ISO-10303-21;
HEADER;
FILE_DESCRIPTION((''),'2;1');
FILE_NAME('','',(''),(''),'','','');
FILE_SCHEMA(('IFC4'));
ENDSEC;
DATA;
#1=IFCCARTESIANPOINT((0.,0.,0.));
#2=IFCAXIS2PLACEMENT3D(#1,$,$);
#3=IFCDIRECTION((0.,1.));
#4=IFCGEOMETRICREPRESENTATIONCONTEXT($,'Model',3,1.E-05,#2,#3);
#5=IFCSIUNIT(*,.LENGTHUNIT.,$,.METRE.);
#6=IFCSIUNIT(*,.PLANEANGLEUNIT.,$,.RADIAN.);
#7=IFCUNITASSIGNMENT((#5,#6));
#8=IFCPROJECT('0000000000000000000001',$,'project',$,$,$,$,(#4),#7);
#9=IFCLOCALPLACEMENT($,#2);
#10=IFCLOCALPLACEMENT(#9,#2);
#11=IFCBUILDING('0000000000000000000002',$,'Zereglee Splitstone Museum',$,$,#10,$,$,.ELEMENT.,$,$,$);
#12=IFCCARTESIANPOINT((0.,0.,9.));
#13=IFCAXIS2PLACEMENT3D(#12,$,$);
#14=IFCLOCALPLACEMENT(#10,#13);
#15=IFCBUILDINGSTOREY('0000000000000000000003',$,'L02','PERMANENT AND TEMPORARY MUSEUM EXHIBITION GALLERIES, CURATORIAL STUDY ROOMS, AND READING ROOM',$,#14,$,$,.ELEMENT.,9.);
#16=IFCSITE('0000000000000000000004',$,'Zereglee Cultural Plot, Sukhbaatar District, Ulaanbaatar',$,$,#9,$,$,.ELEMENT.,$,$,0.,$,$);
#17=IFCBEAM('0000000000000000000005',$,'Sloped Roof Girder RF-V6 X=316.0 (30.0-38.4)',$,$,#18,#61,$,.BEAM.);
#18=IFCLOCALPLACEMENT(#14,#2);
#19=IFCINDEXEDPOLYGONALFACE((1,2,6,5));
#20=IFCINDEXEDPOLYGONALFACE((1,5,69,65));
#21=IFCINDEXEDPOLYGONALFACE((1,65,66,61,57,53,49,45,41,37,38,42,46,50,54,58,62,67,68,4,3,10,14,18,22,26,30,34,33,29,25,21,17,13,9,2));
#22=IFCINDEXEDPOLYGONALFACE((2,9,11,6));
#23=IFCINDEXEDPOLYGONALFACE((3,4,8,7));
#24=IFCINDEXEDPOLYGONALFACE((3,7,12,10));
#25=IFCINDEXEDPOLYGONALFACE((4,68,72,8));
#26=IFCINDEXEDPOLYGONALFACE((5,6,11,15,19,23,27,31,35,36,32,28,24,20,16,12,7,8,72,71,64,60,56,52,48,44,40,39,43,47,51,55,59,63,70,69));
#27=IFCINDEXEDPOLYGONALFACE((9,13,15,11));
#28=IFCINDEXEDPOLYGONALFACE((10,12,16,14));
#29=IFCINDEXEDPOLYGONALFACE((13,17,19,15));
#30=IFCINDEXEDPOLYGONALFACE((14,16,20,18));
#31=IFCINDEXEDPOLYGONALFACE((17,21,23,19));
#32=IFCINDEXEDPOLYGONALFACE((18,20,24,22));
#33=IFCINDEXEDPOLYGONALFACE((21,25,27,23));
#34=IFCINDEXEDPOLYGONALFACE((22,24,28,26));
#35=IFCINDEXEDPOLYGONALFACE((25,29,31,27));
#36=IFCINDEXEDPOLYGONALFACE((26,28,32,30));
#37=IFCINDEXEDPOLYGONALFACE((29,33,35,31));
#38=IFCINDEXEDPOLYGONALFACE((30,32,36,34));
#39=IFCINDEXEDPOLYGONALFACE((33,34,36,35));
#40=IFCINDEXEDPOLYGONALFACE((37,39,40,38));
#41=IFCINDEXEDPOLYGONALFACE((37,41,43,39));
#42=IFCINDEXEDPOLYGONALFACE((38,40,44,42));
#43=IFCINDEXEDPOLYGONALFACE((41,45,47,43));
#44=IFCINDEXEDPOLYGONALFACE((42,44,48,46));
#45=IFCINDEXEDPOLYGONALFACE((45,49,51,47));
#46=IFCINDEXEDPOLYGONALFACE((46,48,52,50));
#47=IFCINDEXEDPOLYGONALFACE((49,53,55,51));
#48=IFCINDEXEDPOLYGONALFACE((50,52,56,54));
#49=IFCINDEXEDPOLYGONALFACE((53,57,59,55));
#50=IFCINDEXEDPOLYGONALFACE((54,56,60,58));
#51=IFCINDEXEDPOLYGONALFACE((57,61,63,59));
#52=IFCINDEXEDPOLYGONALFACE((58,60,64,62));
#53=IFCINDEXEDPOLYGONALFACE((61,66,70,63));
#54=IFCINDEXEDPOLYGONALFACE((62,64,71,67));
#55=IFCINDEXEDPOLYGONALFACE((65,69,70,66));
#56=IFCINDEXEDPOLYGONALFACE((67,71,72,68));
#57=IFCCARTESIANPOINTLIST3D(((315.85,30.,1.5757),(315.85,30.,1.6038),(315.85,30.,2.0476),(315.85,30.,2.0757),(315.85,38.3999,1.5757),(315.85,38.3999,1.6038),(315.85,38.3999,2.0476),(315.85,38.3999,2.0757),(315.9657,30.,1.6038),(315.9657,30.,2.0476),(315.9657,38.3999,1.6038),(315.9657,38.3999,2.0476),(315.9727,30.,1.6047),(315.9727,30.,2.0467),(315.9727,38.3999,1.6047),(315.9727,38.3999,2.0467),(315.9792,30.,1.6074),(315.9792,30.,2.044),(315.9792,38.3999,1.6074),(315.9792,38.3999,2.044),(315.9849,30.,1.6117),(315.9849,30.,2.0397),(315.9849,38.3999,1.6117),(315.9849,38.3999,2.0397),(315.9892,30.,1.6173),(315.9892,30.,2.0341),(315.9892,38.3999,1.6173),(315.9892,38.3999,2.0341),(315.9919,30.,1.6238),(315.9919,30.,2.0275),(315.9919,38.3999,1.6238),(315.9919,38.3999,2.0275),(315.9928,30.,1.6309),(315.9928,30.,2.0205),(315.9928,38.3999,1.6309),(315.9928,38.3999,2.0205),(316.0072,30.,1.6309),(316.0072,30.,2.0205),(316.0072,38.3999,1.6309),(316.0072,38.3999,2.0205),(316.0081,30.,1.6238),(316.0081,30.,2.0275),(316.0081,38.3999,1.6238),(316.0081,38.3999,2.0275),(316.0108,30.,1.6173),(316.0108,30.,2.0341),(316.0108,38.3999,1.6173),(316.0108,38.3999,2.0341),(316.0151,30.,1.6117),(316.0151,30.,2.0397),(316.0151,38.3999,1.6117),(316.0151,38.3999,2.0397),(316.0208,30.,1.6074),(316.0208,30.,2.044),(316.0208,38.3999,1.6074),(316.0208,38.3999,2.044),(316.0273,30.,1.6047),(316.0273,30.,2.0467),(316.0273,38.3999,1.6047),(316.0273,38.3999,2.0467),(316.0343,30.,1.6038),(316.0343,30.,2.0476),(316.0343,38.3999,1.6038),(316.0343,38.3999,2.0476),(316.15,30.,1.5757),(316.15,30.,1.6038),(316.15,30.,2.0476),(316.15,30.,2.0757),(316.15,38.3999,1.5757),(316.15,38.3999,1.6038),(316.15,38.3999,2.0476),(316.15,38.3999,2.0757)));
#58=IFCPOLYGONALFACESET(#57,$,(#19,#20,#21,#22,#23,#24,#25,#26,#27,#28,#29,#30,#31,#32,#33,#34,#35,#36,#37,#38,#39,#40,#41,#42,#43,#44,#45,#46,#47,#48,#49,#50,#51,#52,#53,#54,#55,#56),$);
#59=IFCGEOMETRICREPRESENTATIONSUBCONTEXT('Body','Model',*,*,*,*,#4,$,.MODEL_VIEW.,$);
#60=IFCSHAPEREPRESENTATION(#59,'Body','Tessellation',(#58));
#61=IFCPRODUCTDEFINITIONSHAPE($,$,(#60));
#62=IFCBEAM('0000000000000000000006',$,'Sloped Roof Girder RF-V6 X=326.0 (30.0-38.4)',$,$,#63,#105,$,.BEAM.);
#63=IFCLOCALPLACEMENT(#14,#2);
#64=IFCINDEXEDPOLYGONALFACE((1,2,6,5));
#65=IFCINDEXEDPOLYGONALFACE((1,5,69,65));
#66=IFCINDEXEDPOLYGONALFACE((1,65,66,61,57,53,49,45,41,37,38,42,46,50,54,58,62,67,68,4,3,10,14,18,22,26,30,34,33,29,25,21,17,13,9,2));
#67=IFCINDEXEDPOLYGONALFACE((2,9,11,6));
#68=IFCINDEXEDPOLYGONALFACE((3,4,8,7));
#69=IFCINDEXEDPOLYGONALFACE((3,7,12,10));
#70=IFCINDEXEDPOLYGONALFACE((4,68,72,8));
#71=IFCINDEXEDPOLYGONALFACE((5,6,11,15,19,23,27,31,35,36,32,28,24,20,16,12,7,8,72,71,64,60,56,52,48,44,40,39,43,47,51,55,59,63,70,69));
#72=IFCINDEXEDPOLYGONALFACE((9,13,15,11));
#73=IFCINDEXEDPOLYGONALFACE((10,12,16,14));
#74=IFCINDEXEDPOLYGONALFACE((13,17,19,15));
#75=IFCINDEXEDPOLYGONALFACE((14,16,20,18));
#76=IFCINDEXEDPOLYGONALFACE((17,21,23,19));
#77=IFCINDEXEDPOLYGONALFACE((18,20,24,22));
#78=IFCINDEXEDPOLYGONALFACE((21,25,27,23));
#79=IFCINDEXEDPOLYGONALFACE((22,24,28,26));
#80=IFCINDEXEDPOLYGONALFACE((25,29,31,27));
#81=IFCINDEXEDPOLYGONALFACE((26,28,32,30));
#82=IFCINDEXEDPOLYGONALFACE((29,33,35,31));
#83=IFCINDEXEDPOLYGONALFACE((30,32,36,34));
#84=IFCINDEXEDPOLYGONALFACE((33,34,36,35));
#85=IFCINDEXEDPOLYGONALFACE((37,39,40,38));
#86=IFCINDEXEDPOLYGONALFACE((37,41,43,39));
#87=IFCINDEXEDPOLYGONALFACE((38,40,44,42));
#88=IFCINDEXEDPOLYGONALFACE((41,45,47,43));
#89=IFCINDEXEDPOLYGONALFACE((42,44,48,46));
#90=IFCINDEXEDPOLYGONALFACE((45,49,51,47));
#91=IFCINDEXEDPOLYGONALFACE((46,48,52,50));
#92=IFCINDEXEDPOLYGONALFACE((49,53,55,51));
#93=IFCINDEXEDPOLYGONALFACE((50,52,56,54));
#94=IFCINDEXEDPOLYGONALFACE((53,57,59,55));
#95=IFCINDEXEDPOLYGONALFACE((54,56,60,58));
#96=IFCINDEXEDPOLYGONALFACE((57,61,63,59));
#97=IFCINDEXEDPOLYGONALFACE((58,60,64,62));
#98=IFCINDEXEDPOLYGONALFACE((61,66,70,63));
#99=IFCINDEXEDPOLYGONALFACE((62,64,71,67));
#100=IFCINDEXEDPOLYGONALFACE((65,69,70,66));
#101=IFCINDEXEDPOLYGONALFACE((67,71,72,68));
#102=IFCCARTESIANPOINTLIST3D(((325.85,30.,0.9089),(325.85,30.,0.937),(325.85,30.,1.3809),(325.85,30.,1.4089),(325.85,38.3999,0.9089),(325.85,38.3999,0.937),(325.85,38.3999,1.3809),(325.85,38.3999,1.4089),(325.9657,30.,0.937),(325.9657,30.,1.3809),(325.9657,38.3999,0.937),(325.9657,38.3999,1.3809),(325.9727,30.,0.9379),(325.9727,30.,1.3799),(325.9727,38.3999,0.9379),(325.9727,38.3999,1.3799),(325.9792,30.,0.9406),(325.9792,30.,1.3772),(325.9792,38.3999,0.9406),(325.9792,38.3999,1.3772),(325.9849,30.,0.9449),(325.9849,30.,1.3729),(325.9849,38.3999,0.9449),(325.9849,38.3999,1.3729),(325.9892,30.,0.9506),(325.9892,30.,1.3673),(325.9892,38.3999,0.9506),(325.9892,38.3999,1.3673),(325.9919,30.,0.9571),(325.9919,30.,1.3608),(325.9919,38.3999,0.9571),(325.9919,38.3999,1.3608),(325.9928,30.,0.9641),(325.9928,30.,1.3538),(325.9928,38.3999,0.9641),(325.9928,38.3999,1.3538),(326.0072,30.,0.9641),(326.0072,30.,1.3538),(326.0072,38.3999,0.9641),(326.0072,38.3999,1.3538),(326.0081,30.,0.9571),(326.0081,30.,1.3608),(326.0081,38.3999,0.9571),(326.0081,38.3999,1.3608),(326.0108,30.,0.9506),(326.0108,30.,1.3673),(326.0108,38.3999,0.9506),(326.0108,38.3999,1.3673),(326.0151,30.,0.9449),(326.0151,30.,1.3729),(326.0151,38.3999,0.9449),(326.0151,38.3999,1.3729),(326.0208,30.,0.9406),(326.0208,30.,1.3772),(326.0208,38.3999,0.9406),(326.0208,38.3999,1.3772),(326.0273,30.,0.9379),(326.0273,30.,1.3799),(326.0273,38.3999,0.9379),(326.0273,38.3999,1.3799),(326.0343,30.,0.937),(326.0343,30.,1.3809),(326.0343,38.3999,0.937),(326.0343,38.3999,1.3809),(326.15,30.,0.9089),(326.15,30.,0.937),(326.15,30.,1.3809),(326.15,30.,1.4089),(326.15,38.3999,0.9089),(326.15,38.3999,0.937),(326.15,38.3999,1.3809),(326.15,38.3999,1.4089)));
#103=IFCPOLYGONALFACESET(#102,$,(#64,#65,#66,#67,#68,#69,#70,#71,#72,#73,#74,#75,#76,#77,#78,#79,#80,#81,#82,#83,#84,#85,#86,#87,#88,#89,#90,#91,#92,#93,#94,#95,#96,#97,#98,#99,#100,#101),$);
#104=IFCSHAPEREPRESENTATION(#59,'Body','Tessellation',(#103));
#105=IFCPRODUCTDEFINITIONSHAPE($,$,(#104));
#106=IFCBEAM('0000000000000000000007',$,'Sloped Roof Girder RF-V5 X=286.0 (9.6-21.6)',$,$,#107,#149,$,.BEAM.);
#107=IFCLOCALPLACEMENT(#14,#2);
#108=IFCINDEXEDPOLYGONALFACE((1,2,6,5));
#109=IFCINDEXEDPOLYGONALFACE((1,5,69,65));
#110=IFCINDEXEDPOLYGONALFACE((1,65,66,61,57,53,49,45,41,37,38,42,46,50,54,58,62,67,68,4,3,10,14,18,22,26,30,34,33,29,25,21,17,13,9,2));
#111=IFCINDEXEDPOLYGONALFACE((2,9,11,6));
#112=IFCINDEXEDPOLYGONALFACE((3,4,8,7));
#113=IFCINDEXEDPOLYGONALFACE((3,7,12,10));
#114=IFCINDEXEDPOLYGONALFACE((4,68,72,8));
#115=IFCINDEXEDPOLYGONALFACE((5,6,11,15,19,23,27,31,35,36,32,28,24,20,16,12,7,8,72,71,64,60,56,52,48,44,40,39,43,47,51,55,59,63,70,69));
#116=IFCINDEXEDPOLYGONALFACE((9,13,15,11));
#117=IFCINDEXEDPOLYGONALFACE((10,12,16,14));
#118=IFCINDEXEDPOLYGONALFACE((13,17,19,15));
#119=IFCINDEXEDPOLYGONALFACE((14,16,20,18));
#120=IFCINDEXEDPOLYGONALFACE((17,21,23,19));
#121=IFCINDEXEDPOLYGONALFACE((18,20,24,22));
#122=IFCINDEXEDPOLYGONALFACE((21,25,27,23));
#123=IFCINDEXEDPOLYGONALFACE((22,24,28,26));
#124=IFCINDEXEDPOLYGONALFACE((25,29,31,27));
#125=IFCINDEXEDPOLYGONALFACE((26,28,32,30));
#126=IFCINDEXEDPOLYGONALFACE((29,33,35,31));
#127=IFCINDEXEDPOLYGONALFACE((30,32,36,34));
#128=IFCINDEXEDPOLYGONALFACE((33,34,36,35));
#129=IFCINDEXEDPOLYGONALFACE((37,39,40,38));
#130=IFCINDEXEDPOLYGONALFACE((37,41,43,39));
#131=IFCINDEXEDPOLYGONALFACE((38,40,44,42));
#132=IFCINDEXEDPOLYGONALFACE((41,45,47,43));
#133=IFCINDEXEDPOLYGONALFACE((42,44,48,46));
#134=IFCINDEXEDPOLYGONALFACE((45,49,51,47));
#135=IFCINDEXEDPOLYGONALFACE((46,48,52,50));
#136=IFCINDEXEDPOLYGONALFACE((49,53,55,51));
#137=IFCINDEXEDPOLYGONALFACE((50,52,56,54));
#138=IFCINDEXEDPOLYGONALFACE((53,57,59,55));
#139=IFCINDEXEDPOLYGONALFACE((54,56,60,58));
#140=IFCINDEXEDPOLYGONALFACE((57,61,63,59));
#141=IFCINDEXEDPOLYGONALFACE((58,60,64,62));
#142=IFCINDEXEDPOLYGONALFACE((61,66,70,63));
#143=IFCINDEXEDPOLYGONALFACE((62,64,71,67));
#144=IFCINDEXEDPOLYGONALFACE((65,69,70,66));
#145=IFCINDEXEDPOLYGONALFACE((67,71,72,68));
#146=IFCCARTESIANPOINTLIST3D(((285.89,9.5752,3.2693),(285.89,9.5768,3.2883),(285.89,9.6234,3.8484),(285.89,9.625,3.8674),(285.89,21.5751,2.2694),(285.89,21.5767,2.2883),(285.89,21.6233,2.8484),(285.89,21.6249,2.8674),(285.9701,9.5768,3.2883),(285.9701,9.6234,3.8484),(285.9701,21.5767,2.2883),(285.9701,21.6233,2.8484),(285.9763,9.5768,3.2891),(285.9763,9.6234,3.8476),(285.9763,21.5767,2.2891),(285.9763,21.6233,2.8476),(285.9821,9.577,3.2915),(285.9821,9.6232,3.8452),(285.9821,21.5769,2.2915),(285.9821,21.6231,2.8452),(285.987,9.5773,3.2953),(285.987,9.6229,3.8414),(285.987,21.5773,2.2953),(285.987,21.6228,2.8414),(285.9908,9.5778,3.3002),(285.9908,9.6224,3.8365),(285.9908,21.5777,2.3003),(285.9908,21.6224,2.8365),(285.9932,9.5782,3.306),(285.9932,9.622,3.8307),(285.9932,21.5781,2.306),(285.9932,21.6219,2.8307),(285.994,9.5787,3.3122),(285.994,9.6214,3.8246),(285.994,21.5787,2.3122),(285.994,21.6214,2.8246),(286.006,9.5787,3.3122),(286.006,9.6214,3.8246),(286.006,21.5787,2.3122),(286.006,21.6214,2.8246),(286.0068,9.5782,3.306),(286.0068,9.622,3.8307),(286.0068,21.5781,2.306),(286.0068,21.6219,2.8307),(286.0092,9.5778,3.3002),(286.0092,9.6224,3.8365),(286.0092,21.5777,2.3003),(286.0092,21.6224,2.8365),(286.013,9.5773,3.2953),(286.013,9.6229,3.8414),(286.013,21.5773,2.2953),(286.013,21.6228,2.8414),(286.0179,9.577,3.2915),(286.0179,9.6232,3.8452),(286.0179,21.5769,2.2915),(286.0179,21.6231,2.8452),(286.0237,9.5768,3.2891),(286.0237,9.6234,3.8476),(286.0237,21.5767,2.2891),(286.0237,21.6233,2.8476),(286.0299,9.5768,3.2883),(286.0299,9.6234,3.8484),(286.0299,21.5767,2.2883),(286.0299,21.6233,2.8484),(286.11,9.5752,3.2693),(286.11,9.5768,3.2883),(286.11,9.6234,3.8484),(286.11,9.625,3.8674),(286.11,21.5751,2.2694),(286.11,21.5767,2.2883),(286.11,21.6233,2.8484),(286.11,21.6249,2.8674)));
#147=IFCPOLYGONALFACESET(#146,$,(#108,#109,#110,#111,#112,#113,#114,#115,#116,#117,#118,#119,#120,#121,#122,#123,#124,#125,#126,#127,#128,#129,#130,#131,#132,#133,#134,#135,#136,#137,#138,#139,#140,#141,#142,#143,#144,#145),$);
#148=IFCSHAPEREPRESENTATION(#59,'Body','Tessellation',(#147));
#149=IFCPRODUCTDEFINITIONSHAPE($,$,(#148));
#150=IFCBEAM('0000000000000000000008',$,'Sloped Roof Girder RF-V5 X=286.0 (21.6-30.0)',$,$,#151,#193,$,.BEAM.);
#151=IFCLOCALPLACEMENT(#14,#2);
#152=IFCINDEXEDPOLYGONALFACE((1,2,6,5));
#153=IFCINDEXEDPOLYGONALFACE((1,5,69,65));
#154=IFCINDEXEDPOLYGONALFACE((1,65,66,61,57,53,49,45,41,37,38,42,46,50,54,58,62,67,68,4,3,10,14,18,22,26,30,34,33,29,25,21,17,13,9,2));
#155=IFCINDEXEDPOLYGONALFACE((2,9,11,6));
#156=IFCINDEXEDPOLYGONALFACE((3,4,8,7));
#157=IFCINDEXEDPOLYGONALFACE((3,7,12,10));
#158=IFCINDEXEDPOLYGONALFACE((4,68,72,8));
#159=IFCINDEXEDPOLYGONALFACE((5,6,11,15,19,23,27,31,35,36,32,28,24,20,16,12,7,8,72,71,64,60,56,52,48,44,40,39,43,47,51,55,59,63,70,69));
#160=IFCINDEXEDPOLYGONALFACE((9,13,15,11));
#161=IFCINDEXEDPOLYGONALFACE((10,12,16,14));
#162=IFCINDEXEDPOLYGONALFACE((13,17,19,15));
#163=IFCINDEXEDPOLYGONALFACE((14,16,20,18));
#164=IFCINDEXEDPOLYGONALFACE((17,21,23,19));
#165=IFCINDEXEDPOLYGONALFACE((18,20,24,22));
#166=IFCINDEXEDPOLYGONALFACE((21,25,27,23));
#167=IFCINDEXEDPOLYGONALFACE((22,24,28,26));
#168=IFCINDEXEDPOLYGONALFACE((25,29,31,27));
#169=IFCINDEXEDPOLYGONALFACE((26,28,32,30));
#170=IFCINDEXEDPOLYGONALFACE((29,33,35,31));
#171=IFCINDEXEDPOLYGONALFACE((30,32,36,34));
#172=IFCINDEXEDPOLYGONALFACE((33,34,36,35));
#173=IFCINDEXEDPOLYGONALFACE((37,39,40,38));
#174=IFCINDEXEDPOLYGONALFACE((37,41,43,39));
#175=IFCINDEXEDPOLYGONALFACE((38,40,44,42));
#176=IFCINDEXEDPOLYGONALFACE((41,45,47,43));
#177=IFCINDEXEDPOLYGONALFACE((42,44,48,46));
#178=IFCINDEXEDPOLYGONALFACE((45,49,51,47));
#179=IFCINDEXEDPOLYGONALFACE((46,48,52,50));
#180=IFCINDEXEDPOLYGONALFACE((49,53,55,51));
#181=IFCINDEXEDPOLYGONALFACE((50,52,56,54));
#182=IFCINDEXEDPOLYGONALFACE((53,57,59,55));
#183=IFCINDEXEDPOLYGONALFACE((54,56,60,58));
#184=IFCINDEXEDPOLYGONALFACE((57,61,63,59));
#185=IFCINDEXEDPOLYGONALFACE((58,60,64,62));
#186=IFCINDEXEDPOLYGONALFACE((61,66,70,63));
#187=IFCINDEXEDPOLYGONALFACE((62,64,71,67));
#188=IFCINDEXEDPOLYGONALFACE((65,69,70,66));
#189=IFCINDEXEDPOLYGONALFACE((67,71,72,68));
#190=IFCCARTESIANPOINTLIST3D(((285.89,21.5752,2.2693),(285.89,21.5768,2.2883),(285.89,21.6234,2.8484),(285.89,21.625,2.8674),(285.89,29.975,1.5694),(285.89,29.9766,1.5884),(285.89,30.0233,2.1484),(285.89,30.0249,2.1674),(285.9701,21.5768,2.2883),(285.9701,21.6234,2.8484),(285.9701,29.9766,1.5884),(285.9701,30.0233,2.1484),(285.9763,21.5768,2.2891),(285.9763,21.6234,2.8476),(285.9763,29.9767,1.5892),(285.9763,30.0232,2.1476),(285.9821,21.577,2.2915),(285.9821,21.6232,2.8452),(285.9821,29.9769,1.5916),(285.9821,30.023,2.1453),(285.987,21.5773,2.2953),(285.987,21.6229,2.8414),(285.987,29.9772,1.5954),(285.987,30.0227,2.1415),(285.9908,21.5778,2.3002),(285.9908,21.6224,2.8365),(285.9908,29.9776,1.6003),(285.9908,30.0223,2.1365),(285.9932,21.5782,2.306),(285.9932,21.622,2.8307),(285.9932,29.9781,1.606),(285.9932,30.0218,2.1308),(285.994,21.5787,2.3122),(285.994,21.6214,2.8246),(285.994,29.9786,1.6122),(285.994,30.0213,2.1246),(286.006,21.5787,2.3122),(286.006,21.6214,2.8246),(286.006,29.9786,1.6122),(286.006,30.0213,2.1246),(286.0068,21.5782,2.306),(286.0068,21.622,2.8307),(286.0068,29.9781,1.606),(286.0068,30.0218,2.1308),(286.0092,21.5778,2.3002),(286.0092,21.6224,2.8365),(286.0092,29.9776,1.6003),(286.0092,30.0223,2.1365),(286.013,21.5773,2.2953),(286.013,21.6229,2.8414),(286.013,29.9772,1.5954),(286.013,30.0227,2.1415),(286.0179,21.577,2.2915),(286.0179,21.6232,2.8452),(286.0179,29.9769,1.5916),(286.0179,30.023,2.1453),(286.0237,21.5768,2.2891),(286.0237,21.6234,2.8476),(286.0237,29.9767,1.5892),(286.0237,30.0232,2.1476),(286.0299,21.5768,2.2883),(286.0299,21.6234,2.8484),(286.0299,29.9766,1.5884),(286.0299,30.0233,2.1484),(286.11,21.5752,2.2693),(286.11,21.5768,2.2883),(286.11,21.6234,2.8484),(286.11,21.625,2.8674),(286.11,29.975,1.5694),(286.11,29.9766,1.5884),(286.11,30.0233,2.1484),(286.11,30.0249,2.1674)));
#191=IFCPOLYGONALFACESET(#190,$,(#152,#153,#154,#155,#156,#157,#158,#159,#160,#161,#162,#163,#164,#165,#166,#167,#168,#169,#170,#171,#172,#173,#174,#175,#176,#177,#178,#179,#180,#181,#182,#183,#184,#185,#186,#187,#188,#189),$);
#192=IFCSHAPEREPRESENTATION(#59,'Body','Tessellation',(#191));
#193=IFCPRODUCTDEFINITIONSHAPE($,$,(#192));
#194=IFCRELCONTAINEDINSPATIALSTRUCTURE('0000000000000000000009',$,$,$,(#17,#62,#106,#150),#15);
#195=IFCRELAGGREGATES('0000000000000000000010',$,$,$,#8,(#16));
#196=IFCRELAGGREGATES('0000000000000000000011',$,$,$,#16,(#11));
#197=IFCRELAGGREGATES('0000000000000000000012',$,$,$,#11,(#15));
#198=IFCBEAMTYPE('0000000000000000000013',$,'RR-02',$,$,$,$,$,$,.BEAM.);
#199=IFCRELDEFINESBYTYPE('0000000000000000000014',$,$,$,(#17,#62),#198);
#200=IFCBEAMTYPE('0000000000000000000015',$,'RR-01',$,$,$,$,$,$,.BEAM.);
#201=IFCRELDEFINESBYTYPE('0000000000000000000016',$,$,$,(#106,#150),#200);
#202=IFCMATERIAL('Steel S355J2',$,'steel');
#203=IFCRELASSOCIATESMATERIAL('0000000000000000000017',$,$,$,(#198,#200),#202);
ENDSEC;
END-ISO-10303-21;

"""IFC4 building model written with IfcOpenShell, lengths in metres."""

from ifc_helpers import new_model, si_unit, direction, frame, origin, origin_2d, place, context, subcontext, project, spatial, i_section, extrude, material, material_profile, profile_set, type_object, element, save


model = new_model("IFC4")

# Units and contexts
model_context = context("Model", 3, precision=1e-05, world=origin(), true_north=direction((0.0, 1.0)))
body_context = subcontext(model_context, "Body", "Model", "MODEL_VIEW")
ifc_project = project(units=[si_unit("LENGTHUNIT", "METRE"), si_unit("PLANEANGLEUNIT", "RADIAN")], contexts=[model_context])

# Site, building, storey
site_placement = place(None, origin())
site = spatial("IfcSite", under=ifc_project, at=site_placement, Name="Zereglee Cultural Plot, Sukhbaatar District, Ulaanbaatar", CompositionType="ELEMENT", RefElevation=0.0)
building_placement = place(site_placement, origin())
building = spatial("IfcBuilding", under=site, at=building_placement, Name="Zereglee Splitstone Museum", CompositionType="ELEMENT")
storey_placement = place(building_placement, frame((0.0, 0.0, 9.0)))
storey = spatial("IfcBuildingStorey", under=building, at=storey_placement, Name="L02", Description="PERMANENT AND TEMPORARY MUSEUM EXHIBITION GALLERIES, CURATORIAL STUDY ROOMS, AND READING ROOM", CompositionType="ELEMENT", Elevation=9.0)

# Shared definitions
ifc_material_1 = material(Name="Steel S355J2", Category="steel")

# Beams
ifc_material_profile_1 = material_profile(ifc_material_1, i_section(OverallWidth=0.3, OverallDepth=0.5, WebThickness=0.0144, FlangeThickness=0.0281, FilletRadius=0.0271, at=origin_2d()), Name="HE 500 B")
ifc_profile_set_1 = profile_set([ifc_material_profile_1], Name="Steel S355J2")
beam_type_1 = type_object("IfcBeamType", Name="RR-02", PredefinedType="BEAM", material=ifc_profile_set_1)
for number, where, z_axis, x_axis, name in (
    (1, (316.0, 30.0, 1.8257), (0.0, 1.0, 0.0), (-1.0, 0.0, 0.0), "Sloped Roof Girder RF-V6 X=316.0 (30.0-38.4)"),
    (2, (326.0, 30.0, 1.1589), (0.0, 1.0, 0.0), (-1.0, 0.0, 0.0), "Sloped Roof Girder RF-V6 X=326.0 (30.0-38.4)"),
):
    element("IfcBeam", number, at=place(storey_placement, frame(where, z_axis=z_axis, x_axis=x_axis)), inside=storey, type_object=beam_type_1, Name=name, PredefinedType="BEAM", context=body_context, shape_type="SweptSolid", body=[
        extrude(i_section(OverallWidth=0.3, OverallDepth=0.5, WebThickness=0.0144, FlangeThickness=0.0281, FilletRadius=0.0271, at=origin_2d()), origin(), (0.0, 0.0, 1.0), 8.3999),
    ])
ifc_material_profile_2 = material_profile(ifc_material_1, i_section(OverallWidth=0.22, OverallDepth=0.6001, WebThickness=0.012, FlangeThickness=0.019, FilletRadius=0.0239, at=origin_2d()), Name="IPE 600")
ifc_profile_set_2 = profile_set([ifc_material_profile_2], Name="Steel S355J2")
beam_type_2 = type_object("IfcBeamType", Name="RR-01", PredefinedType="BEAM", material=ifc_profile_set_2)
beam_1_placement = place(storey_placement, frame((286.0, 9.6001, 3.5684), z_axis=(0.0, 0.996546, -0.083045), x_axis=(-1.0, 0.0, 0.0)))
element("IfcBeam", 3, at=beam_1_placement, inside=storey, type_object=beam_type_2, Name="Sloped Roof Girder RF-V5 X=286.0 (9.6-21.6)", PredefinedType="BEAM", context=body_context, shape_type="SweptSolid", body=[
    extrude(i_section(OverallWidth=0.22, OverallDepth=0.6001, WebThickness=0.012, FlangeThickness=0.019, FilletRadius=0.0239, at=origin_2d()), origin(), (0.0, 0.0, 1.0), 12.0415),
])
for number, where, z_axis, x_axis, name in (
    (4, (286.0, 21.6001, 2.5684), (0.0, 0.996546, -0.083041), (-1.0, 0.0, 0.0), "Sloped Roof Girder RF-V5 X=286.0 (21.6-30.0)"),
):
    element("IfcBeam", number, at=place(storey_placement, frame(where, z_axis=z_axis, x_axis=x_axis)), inside=storey, type_object=beam_type_2, Name=name, PredefinedType="BEAM", context=body_context, shape_type="SweptSolid", body=[
        extrude(i_section(OverallWidth=0.22, OverallDepth=0.6001, WebThickness=0.012, FlangeThickness=0.019, FilletRadius=0.0239, at=origin_2d()), origin(), (0.0, 0.0, 1.0), 8.429),
    ])

save(model, "model.ifc")
